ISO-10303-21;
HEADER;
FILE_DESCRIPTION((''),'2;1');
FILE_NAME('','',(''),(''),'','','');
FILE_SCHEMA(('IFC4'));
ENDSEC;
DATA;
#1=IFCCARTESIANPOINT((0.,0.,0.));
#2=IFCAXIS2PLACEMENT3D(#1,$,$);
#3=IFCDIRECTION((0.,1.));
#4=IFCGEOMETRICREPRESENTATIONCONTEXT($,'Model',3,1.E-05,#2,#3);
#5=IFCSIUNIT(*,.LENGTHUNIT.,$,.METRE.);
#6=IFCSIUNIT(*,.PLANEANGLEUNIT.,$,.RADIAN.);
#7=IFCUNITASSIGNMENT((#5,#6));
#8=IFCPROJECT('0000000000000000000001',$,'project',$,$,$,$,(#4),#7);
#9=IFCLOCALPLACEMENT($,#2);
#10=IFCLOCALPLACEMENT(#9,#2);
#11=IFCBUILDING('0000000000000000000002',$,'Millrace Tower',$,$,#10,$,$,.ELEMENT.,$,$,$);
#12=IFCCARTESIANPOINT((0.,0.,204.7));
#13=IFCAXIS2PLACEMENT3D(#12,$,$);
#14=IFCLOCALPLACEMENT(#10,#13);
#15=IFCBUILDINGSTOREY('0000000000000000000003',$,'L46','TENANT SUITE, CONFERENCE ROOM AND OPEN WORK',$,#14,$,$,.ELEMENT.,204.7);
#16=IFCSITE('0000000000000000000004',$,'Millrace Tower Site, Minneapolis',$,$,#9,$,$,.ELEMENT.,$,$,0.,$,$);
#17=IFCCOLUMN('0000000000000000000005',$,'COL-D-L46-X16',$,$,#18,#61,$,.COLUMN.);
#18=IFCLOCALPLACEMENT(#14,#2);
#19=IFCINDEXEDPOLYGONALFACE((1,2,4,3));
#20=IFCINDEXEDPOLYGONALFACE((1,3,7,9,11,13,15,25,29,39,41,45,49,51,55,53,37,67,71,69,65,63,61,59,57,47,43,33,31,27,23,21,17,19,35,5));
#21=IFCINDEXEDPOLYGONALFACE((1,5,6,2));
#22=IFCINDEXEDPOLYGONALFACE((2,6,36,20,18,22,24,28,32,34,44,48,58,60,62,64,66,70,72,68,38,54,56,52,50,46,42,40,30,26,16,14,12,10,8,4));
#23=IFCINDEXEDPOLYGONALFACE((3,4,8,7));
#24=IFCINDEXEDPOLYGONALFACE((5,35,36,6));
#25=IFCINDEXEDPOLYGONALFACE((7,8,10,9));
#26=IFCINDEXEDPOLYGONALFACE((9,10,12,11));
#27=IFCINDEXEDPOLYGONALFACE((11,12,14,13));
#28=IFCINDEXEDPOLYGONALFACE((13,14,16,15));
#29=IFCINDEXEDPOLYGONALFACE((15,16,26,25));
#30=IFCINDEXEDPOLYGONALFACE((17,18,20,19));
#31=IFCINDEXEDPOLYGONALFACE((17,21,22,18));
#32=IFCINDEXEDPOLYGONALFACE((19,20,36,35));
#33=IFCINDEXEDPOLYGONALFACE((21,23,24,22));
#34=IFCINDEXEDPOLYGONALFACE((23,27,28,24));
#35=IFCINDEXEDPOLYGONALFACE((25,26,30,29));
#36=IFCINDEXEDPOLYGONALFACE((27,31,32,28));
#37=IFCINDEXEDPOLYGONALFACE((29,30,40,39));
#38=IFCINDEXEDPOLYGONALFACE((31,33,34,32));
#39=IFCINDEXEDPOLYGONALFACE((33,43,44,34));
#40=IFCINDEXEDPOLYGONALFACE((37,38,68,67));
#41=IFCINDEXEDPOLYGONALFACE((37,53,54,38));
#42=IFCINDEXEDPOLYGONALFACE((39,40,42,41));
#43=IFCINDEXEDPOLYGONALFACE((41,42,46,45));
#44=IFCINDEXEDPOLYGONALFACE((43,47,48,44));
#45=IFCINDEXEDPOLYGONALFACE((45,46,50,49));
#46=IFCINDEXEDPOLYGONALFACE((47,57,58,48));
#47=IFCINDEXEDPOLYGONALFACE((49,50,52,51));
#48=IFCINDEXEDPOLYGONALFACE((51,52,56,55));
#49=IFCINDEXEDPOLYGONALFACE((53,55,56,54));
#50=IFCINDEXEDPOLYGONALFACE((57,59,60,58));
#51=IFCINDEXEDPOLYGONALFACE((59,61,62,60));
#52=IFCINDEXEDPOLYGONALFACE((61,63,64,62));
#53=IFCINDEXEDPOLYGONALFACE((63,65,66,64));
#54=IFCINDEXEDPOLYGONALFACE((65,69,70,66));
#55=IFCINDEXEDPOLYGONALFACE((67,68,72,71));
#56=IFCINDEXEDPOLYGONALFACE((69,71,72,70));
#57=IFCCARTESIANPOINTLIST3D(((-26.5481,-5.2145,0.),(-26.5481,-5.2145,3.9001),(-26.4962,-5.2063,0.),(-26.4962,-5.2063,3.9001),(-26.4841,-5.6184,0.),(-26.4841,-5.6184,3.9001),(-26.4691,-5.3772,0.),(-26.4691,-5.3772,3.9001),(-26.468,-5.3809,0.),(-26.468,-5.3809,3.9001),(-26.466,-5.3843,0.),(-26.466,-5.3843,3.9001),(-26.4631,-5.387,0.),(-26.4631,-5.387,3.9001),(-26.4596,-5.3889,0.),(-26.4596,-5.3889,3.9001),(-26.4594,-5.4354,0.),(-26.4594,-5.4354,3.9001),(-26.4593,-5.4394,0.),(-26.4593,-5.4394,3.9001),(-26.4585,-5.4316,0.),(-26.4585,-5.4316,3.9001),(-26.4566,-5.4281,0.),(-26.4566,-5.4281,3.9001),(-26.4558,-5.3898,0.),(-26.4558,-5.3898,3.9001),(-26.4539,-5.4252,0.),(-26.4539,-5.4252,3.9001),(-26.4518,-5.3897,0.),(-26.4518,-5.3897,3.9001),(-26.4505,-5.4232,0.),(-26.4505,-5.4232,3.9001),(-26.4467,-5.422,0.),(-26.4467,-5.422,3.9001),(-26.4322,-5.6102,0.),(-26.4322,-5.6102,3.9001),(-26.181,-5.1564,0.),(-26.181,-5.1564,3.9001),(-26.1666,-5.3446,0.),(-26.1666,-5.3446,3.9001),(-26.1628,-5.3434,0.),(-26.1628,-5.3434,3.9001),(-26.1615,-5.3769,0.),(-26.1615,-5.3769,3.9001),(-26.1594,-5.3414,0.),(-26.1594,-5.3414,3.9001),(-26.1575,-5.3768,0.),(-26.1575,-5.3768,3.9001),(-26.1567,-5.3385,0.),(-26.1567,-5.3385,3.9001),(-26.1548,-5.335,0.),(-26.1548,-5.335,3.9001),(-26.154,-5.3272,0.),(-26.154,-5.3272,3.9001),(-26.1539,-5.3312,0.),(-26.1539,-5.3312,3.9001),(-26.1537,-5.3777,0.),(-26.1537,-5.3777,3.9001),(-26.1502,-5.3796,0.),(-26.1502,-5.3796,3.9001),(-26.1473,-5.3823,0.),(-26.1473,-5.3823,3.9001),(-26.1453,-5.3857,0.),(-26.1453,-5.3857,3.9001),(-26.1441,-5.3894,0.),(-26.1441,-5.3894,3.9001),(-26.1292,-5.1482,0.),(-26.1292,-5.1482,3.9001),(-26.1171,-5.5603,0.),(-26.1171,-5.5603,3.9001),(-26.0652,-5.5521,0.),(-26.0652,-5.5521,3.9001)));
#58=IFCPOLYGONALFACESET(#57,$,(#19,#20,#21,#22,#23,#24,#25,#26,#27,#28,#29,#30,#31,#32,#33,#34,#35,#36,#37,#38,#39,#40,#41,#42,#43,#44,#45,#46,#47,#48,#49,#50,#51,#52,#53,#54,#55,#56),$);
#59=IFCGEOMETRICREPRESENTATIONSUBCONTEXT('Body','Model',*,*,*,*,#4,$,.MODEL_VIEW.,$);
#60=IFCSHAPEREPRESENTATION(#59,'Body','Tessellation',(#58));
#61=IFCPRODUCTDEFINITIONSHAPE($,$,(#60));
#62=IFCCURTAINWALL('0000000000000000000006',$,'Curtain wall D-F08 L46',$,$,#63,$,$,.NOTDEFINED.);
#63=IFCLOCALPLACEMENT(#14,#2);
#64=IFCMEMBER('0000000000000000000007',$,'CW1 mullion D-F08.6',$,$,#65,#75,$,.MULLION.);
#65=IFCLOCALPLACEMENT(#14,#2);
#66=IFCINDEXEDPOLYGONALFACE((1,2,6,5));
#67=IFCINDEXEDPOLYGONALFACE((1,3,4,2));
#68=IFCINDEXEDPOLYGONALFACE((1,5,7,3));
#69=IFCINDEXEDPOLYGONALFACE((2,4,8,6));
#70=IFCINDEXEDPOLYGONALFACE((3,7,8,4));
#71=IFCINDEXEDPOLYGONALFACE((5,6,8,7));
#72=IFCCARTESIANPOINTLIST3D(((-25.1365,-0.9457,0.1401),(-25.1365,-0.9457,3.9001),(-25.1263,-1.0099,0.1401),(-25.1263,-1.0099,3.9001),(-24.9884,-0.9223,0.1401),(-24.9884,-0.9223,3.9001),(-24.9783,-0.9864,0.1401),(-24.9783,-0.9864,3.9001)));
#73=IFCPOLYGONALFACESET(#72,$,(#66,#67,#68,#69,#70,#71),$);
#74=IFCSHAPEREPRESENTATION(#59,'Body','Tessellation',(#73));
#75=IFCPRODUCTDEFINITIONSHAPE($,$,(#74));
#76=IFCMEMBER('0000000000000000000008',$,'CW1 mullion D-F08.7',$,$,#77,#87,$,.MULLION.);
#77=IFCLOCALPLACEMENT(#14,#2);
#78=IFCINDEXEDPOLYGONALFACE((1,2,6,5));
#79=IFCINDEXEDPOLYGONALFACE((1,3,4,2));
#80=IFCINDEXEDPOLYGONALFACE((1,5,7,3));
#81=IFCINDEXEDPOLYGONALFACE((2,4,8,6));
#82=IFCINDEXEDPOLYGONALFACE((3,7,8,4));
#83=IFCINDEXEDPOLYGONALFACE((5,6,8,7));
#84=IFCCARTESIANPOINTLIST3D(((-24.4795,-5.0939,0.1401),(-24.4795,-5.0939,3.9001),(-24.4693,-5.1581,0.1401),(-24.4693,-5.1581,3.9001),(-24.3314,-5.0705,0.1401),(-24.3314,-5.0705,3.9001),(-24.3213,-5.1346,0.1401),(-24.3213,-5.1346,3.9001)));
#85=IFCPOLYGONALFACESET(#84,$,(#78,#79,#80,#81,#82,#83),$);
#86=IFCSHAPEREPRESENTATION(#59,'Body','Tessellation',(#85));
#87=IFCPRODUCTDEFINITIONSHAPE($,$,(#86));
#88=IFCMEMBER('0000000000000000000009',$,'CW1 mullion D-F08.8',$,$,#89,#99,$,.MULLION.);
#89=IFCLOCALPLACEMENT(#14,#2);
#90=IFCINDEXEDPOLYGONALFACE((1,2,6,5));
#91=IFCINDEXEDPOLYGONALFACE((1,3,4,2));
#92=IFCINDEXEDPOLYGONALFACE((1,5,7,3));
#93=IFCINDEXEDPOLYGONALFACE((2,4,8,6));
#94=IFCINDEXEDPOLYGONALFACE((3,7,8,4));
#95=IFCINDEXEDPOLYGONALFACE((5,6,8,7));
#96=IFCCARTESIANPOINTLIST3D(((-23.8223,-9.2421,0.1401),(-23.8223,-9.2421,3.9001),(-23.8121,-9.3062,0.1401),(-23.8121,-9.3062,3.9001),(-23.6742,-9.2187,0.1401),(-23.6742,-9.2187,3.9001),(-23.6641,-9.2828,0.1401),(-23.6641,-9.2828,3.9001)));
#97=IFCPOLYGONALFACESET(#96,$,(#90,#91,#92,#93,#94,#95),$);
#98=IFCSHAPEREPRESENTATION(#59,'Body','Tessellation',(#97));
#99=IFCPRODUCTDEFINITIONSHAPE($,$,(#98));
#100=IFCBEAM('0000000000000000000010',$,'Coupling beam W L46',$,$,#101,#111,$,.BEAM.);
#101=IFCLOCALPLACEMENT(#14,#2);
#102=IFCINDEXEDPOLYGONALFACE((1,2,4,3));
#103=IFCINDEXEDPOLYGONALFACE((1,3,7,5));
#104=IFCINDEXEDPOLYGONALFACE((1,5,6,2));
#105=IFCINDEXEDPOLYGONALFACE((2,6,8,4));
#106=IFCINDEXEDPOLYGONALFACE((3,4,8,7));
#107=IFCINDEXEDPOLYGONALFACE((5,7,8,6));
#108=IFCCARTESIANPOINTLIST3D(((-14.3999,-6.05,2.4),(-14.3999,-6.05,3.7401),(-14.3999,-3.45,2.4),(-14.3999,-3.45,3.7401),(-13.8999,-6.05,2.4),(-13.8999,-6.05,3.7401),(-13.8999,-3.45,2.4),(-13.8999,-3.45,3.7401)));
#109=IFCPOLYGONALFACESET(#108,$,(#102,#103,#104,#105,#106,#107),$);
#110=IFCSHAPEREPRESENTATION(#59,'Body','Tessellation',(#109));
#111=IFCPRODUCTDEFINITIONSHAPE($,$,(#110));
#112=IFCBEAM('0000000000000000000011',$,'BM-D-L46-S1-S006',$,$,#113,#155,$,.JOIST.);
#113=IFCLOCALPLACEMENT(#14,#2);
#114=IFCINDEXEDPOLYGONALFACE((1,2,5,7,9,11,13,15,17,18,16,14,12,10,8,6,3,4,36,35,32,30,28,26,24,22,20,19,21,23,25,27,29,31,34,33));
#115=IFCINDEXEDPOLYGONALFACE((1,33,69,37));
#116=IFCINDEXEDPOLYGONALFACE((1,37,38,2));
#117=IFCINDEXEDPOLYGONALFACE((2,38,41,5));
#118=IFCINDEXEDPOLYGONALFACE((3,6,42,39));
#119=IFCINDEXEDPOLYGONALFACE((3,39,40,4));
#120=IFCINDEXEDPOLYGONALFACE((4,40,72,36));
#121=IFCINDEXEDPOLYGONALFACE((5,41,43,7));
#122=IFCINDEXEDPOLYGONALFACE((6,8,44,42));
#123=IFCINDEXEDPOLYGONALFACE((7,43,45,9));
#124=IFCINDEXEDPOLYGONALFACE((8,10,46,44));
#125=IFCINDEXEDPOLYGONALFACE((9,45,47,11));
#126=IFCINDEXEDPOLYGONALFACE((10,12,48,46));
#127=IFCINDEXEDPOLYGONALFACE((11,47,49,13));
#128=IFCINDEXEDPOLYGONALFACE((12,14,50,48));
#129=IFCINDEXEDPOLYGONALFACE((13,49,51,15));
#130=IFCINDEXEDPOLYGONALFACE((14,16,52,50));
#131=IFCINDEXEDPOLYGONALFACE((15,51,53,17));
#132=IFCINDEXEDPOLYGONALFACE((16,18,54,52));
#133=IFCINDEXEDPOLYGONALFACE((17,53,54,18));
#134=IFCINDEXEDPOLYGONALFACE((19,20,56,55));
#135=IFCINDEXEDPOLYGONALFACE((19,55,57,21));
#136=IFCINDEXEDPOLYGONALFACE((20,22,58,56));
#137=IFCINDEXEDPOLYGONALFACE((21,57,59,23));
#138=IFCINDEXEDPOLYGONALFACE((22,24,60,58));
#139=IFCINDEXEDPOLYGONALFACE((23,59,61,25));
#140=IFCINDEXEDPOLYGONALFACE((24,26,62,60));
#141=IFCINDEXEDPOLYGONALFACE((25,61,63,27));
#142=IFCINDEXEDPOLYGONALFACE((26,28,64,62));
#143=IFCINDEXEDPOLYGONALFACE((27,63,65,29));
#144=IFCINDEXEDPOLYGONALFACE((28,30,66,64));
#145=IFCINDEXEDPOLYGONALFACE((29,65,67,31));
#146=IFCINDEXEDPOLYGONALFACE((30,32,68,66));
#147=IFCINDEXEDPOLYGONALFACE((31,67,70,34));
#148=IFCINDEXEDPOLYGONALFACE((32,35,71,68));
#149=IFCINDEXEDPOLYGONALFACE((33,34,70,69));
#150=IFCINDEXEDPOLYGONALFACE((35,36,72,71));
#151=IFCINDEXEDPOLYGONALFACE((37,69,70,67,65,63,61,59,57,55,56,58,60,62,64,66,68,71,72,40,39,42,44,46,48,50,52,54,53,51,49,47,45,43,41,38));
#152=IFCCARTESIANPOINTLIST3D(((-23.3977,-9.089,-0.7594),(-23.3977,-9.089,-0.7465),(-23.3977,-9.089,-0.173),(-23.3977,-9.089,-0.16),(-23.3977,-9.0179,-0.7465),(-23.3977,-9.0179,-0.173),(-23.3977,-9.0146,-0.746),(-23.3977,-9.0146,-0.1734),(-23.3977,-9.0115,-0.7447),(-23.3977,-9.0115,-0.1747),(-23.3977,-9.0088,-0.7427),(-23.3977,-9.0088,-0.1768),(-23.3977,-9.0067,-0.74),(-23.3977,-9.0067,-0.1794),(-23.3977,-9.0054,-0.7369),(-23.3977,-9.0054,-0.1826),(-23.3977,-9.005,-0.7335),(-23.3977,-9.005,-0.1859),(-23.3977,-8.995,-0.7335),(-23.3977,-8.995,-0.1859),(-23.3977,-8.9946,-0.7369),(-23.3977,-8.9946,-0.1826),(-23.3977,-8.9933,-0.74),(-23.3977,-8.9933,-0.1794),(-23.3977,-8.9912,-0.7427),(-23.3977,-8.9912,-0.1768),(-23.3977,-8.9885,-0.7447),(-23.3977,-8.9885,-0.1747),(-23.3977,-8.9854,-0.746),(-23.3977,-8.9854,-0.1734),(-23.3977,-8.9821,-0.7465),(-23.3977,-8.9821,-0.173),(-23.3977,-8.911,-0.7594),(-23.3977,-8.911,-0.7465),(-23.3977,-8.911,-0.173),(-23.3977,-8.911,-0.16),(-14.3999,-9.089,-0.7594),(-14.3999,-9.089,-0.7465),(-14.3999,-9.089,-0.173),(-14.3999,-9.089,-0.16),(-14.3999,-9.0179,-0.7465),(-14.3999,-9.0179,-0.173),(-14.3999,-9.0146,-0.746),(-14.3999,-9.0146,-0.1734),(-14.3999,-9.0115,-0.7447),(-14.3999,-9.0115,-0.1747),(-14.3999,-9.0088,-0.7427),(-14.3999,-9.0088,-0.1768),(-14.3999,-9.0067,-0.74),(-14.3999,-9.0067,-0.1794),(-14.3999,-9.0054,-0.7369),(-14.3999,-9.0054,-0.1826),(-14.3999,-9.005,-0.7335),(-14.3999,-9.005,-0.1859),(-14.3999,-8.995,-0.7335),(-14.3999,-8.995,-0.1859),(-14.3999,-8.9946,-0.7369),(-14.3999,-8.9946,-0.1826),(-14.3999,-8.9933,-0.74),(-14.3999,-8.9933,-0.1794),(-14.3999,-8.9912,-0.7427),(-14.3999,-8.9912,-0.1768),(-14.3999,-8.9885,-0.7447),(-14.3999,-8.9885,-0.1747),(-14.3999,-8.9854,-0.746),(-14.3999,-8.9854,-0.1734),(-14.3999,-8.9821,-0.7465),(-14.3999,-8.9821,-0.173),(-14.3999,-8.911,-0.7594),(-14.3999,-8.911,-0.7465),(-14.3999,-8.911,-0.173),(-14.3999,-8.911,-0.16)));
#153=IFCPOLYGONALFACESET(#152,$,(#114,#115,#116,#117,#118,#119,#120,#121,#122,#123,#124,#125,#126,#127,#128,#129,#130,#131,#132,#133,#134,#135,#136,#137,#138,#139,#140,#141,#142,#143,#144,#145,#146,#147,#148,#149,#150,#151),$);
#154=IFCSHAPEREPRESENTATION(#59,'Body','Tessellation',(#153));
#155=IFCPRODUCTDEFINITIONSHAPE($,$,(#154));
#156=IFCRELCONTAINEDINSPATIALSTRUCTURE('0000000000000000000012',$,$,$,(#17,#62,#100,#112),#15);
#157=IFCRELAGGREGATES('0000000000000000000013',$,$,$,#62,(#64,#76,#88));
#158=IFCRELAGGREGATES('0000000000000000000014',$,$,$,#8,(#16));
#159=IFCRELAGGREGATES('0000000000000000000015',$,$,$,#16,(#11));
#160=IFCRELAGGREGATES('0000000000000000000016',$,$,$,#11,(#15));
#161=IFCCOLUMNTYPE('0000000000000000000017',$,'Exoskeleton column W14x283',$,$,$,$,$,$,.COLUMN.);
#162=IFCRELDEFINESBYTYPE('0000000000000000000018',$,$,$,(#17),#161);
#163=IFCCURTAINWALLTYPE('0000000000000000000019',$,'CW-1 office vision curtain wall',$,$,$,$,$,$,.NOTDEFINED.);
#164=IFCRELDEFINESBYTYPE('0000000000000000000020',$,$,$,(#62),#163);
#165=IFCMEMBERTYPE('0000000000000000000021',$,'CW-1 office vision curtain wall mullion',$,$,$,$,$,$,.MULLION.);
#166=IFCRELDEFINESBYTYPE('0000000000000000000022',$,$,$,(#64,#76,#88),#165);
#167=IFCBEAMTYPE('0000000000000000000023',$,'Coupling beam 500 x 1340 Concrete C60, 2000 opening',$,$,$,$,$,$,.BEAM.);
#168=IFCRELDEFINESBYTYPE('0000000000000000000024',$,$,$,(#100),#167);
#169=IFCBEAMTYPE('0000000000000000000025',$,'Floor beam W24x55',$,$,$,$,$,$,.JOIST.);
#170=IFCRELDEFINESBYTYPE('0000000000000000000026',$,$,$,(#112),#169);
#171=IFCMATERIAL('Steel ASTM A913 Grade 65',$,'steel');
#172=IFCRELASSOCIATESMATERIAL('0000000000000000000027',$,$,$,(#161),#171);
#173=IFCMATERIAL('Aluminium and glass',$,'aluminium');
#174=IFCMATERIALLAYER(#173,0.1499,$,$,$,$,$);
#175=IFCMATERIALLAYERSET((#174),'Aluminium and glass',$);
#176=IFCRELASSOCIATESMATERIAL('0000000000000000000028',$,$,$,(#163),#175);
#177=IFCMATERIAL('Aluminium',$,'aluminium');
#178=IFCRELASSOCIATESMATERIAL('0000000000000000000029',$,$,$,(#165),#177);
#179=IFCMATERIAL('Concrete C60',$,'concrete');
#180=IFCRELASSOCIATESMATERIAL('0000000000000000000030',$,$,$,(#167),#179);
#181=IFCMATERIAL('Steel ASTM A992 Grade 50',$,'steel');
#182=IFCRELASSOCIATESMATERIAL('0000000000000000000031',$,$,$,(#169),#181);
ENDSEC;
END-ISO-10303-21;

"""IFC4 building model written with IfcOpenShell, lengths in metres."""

from ifc_helpers import new_model, si_unit, direction, frame, origin, origin_2d, place, context, subcontext, project, spatial, rectangle, i_section, extrude, material, layer, layer_set, material_profile, profile_set, type_object, element, aggregate, save


model = new_model("IFC4")

# Units and contexts
model_context = context("Model", 3, precision=1e-05, world=origin(), true_north=direction((0.0, 1.0)))
body_context = subcontext(model_context, "Body", "Model", "MODEL_VIEW")
ifc_project = project(units=[si_unit("LENGTHUNIT", "METRE"), si_unit("PLANEANGLEUNIT", "RADIAN")], contexts=[model_context])

# Site, building, storey
site_placement = place(None, origin())
site = spatial("IfcSite", under=ifc_project, at=site_placement, Name="Millrace Tower Site, Minneapolis", CompositionType="ELEMENT", RefElevation=0.0)
building_placement = place(site_placement, origin())
building = spatial("IfcBuilding", under=site, at=building_placement, Name="Millrace Tower", CompositionType="ELEMENT")
storey_placement = place(building_placement, frame((0.0, 0.0, 204.7)))
storey = spatial("IfcBuildingStorey", under=building, at=storey_placement, Name="L46", Description="TENANT SUITE, CONFERENCE ROOM AND OPEN WORK", CompositionType="ELEMENT", Elevation=204.7)

# Column
ifc_material_1 = material(Name="Steel ASTM A913 Grade 65", Category="steel")
ifc_material_profile_1 = material_profile(ifc_material_1, i_section(OverallWidth=0.4089, OverallDepth=0.4241, WebThickness=0.0327, FlangeThickness=0.0525, FilletRadius=0.0151, at=origin_2d()))
ifc_profile_set_1 = profile_set([ifc_material_profile_1], Name="Steel ASTM A913 Grade 65")
column_type = type_object("IfcColumnType", Name="Exoskeleton column W14x283", PredefinedType="COLUMN", material=ifc_profile_set_1)
column_placement = place(storey_placement, frame((-26.3066, -5.3833, 0.0), z_axis=(0.0, 0.0, 1.0), x_axis=(0.156434, -0.987688, 0.0)))
element("IfcColumn", 1, at=column_placement, inside=storey, type_object=column_type, Name="COL-D-L46-X16", PredefinedType="COLUMN", context=body_context, shape_type="SweptSolid", body=[
    extrude(i_section(OverallWidth=0.4089, OverallDepth=0.4241, WebThickness=0.0327, FlangeThickness=0.0525, FilletRadius=0.0151, at=origin_2d()), origin(), (0.0, 0.0, 1.0), 3.9001),
])

# Curtain wall, members
ifc_material_2 = material(Name="Aluminium and glass", Category="aluminium")
ifc_layer_1 = layer(ifc_material_2, 0.1499)
ifc_layer_set_1 = layer_set([ifc_layer_1], Name="Aluminium and glass")
curtain_wall_type = type_object("IfcCurtainWallType", Name="CW-1 office vision curtain wall", PredefinedType="NOTDEFINED", material=ifc_layer_set_1)
curtain_wall_placement = place(storey_placement, origin())
curtain_wall = element("IfcCurtainWall", 2, at=curtain_wall_placement, inside=storey, type_object=curtain_wall_type, Name="Curtain wall D-F08 L46", PredefinedType="NOTDEFINED")
ifc_material_3 = material(Name="Aluminium", Category="aluminium")
ifc_material_profile_2 = material_profile(ifc_material_3, rectangle(XDim=0.0649, YDim=0.1499, at=origin_2d()))
ifc_profile_set_2 = profile_set([ifc_material_profile_2], Name="Aluminium")
member_type = type_object("IfcMemberType", Name="CW-1 office vision curtain wall mullion", PredefinedType="MULLION", material=ifc_profile_set_2)
member_1_placement = place(storey_placement, frame((-25.0574, -0.9661, 0.1401), z_axis=(0.0, 0.0, 1.0), x_axis=(0.156434, -0.987688, 0.0)))
member_1 = element("IfcMember", 3, at=member_1_placement, type_object=member_type, Name="CW1 mullion D-F08.6", PredefinedType="MULLION", context=body_context, shape_type="SweptSolid", body=[
    extrude(rectangle(XDim=0.0649, YDim=0.1499, at=origin_2d()), origin(), (0.0, 0.0, 1.0), 3.76),
])
member_2_placement = place(storey_placement, frame((-24.4004, -5.1143, 0.1401), z_axis=(0.0, 0.0, 1.0), x_axis=(0.156434, -0.987688, 0.0)))
member_2 = element("IfcMember", 4, at=member_2_placement, type_object=member_type, Name="CW1 mullion D-F08.7", PredefinedType="MULLION", context=body_context, shape_type="SweptSolid", body=[
    extrude(rectangle(XDim=0.0649, YDim=0.1499, at=origin_2d()), origin(), (0.0, 0.0, 1.0), 3.76),
])
member_3_placement = place(storey_placement, frame((-23.7432, -9.2625, 0.1401), z_axis=(0.0, 0.0, 1.0), x_axis=(0.156434, -0.987688, 0.0)))
member_3 = element("IfcMember", 5, at=member_3_placement, type_object=member_type, Name="CW1 mullion D-F08.8", PredefinedType="MULLION", context=body_context, shape_type="SweptSolid", body=[
    extrude(rectangle(XDim=0.0649, YDim=0.1499, at=origin_2d()), origin(), (0.0, 0.0, 1.0), 3.76),
])
aggregate(curtain_wall, [member_1, member_2, member_3])

# Beams
ifc_material_4 = material(Name="Concrete C60", Category="concrete")
ifc_material_profile_3 = material_profile(ifc_material_4, rectangle(XDim=0.5, YDim=1.3401, at=origin_2d()))
ifc_profile_set_3 = profile_set([ifc_material_profile_3], Name="Concrete C60")
beam_type_1 = type_object("IfcBeamType", Name="Coupling beam 500 x 1340 Concrete C60, 2000 opening", PredefinedType="BEAM", material=ifc_profile_set_3)
beam_1_placement = place(storey_placement, frame((-14.1499, -6.05, 3.0701), z_axis=(0.0, 1.0, 0.0), x_axis=(-1.0, 0.0, 0.0)))
element("IfcBeam", 6, at=beam_1_placement, inside=storey, type_object=beam_type_1, Name="Coupling beam W L46", PredefinedType="BEAM", context=body_context, shape_type="SweptSolid", body=[
    extrude(rectangle(XDim=0.5, YDim=1.3401, at=origin_2d()), origin(), (0.0, 0.0, 1.0), 2.6001),
])
ifc_material_5 = material(Name="Steel ASTM A992 Grade 50", Category="steel")
ifc_material_profile_4 = material_profile(ifc_material_5, i_section(OverallWidth=0.178, OverallDepth=0.5994, WebThickness=0.01, FlangeThickness=0.0129, FilletRadius=0.0129, at=origin_2d()))
ifc_profile_set_4 = profile_set([ifc_material_profile_4], Name="Steel ASTM A992 Grade 50")
beam_type_2 = type_object("IfcBeamType", Name="Floor beam W24x55", PredefinedType="JOIST", material=ifc_profile_set_4)
beam_2_placement = place(storey_placement, frame((-23.3977, -9.0, -0.4597), z_axis=(1.0, 0.0, 0.0), x_axis=(0.0, 1.0, 0.0)))
element("IfcBeam", 7, at=beam_2_placement, inside=storey, type_object=beam_type_2, Name="BM-D-L46-S1-S006", PredefinedType="JOIST", context=body_context, shape_type="SweptSolid", body=[
    extrude(i_section(OverallWidth=0.178, OverallDepth=0.5994, WebThickness=0.01, FlangeThickness=0.0129, FilletRadius=0.0129, at=origin_2d()), origin(), (0.0, 0.0, 1.0), 8.9978),
])

save(model, "model.ifc")
